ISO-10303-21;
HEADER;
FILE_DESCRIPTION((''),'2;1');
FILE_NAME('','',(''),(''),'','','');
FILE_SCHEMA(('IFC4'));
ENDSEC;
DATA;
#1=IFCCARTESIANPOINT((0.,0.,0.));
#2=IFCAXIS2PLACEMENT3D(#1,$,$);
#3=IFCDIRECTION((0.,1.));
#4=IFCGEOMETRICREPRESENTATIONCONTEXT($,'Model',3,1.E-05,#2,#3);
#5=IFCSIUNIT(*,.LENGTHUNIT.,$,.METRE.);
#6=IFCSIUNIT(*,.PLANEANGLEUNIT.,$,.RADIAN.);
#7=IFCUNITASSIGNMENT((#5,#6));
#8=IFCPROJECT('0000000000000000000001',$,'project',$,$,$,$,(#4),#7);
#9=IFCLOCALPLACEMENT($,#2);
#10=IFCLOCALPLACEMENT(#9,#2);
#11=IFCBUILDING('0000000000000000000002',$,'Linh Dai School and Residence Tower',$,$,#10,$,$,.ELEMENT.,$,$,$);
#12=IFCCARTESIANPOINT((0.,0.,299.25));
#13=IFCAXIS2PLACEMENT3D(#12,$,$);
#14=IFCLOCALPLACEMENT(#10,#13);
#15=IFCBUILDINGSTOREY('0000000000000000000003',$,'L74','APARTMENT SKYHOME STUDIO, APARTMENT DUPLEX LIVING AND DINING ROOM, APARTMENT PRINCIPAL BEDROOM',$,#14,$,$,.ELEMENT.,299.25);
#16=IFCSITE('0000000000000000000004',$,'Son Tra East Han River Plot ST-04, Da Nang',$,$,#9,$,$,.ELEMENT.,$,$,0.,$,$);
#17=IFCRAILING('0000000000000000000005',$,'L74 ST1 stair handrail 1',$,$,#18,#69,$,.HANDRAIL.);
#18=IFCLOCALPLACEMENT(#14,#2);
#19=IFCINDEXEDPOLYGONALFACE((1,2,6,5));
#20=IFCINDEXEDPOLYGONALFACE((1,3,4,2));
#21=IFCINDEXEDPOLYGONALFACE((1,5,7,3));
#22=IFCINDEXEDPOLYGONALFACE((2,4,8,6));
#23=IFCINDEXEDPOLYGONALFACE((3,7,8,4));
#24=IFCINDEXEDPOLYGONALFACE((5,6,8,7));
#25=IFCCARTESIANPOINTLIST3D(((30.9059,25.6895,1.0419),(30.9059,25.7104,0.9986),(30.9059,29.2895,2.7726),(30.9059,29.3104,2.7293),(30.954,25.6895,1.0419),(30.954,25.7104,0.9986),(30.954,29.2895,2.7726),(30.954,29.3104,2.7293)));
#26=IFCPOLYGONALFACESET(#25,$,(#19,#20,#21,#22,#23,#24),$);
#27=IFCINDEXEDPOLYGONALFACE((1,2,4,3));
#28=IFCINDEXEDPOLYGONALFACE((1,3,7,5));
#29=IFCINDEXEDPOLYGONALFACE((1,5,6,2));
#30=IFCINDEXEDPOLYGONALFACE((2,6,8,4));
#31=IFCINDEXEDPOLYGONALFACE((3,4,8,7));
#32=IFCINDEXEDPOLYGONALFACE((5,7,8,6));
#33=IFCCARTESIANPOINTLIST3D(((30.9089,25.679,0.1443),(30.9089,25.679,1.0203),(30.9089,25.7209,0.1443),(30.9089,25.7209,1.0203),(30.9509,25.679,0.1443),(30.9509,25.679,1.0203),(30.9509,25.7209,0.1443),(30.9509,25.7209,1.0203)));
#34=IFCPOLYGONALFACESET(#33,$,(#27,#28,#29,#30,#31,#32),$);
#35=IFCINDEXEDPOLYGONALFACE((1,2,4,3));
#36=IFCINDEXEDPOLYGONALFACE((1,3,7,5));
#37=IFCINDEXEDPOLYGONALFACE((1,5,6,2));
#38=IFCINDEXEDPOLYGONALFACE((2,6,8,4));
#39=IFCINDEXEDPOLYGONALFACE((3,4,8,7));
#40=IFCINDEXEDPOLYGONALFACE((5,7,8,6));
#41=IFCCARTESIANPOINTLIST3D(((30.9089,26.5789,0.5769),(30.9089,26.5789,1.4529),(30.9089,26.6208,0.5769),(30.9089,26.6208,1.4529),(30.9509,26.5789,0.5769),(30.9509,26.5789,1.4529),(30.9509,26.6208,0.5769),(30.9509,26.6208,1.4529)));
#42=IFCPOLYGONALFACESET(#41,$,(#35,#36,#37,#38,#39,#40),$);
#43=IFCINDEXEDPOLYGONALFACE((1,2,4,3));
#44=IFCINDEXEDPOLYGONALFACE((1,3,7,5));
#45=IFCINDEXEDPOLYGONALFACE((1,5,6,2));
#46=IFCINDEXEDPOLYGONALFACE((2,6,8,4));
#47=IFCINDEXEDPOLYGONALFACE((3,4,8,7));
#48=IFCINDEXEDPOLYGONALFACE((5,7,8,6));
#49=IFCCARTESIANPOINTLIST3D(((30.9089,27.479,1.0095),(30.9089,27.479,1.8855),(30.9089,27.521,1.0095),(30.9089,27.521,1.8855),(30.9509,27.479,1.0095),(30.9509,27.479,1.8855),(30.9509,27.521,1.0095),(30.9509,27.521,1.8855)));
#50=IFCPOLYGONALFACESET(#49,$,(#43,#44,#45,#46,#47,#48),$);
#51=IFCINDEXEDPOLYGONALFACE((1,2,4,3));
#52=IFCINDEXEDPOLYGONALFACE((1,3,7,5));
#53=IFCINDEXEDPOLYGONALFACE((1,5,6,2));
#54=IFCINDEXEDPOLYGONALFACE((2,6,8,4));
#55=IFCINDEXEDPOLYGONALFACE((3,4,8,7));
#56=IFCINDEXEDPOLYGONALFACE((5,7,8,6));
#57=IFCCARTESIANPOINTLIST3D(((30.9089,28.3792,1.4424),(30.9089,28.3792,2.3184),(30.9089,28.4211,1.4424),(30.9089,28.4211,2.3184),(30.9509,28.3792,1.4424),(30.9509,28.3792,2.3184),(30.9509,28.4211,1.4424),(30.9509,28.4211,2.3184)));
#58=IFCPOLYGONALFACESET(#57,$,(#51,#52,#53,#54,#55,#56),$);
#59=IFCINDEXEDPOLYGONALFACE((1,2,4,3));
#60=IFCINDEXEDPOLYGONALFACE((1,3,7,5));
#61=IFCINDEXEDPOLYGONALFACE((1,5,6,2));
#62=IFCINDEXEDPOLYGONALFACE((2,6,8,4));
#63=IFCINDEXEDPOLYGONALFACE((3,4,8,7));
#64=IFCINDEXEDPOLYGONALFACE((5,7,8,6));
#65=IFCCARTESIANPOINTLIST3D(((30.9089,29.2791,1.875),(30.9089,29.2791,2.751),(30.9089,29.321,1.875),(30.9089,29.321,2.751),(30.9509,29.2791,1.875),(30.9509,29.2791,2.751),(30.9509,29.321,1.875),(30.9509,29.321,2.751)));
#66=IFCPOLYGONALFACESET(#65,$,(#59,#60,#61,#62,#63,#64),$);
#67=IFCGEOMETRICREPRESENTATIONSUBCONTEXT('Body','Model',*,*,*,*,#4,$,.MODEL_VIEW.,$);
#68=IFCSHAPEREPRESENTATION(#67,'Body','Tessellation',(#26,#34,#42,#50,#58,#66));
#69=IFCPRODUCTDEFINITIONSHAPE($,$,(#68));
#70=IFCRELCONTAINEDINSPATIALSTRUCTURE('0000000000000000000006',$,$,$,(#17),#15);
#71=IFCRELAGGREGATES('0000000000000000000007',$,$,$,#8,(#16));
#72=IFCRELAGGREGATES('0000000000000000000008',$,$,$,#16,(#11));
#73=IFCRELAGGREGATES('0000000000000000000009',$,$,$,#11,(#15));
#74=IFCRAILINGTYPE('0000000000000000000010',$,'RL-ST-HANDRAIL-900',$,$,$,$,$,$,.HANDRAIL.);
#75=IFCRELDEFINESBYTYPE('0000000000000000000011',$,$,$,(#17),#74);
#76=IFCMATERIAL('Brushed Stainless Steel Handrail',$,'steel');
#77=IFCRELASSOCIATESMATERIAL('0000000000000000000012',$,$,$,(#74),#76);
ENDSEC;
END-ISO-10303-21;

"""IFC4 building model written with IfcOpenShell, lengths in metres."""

from ifc_helpers import new_model, si_unit, direction, frame, origin, origin_2d, place, context, subcontext, project, spatial, rectangle, extrude, source, transform, mapped, material, type_object, element, save


model = new_model("IFC4")

# Units and contexts
model_context = context("Model", 3, precision=1e-05, world=origin(), true_north=direction((0.0, 1.0)))
body_context = subcontext(model_context, "Body", "Model", "MODEL_VIEW")
ifc_project = project(units=[si_unit("LENGTHUNIT", "METRE"), si_unit("PLANEANGLEUNIT", "RADIAN")], contexts=[model_context])

# Site, building, storey
site_placement = place(None, origin())
site = spatial("IfcSite", under=ifc_project, at=site_placement, Name="Son Tra East Han River Plot ST-04, Da Nang", CompositionType="ELEMENT", RefElevation=0.0)
building_placement = place(site_placement, origin())
building = spatial("IfcBuilding", under=site, at=building_placement, Name="Linh Dai School and Residence Tower", CompositionType="ELEMENT")
storey_placement = place(building_placement, frame((0.0, 0.0, 299.25)))
storey = spatial("IfcBuildingStorey", under=building, at=storey_placement, Name="L74", Description="APARTMENT SKYHOME STUDIO, APARTMENT DUPLEX LIVING AND DINING ROOM, APARTMENT PRINCIPAL BEDROOM", CompositionType="ELEMENT", Elevation=299.25)

# Railing
ifc_material_1 = material(Name="Brushed Stainless Steel Handrail", Category="steel")
railing_type_1 = type_object("IfcRailingType", Name="RL-ST-HANDRAIL-900", PredefinedType="HANDRAIL", material=ifc_material_1)
shared_shape_1 = source(origin(), body_context, "Body", "SweptSolid", [
    extrude(rectangle(XDim=0.0481, YDim=0.0481, at=origin_2d()), frame((0.0, 0.0, 0.876), z_axis=(0.0, 0.901263, 0.433273), x_axis=(-1.0, 0.0, 0.0)), (0.0, 0.0, 1.0), 3.9944),
    extrude(rectangle(XDim=0.042, YDim=0.042, at=origin_2d()), origin(), (0.0, 0.0, 1.0), 0.876),
    extrude(rectangle(XDim=0.042, YDim=0.042, at=origin_2d()), frame((0.0, 0.8999, 0.4326)), (0.0, 0.0, 1.0), 0.876),
    extrude(rectangle(XDim=0.042, YDim=0.042, at=origin_2d()), frame((0.0, 1.8, 0.8652)), (0.0, 0.0, 1.0), 0.876),
    extrude(rectangle(XDim=0.042, YDim=0.042, at=origin_2d()), frame((0.0, 2.7002, 1.2981)), (0.0, 0.0, 1.0), 0.876),
    extrude(rectangle(XDim=0.042, YDim=0.042, at=origin_2d()), frame((0.0, 3.6001, 1.7307)), (0.0, 0.0, 1.0), 0.876),
])
railing_1_placement = place(storey_placement, frame((30.9299, 25.7, 0.1443)))
element("IfcRailing", 1, at=railing_1_placement, inside=storey, type_object=railing_type_1, Name="L74 ST1 stair handrail 1", PredefinedType="HANDRAIL", context=body_context, shape_type="MappedRepresentation", body=[
    mapped(shared_shape_1, transform((0.0, 0.0, 0.0), x_axis=(1.0, 0.0, 0.0), y_axis=(0.0, 1.0, 0.0), z_axis=(0.0, 0.0, 1.0), scale=1.0)),
])

save(model, "model.ifc")
